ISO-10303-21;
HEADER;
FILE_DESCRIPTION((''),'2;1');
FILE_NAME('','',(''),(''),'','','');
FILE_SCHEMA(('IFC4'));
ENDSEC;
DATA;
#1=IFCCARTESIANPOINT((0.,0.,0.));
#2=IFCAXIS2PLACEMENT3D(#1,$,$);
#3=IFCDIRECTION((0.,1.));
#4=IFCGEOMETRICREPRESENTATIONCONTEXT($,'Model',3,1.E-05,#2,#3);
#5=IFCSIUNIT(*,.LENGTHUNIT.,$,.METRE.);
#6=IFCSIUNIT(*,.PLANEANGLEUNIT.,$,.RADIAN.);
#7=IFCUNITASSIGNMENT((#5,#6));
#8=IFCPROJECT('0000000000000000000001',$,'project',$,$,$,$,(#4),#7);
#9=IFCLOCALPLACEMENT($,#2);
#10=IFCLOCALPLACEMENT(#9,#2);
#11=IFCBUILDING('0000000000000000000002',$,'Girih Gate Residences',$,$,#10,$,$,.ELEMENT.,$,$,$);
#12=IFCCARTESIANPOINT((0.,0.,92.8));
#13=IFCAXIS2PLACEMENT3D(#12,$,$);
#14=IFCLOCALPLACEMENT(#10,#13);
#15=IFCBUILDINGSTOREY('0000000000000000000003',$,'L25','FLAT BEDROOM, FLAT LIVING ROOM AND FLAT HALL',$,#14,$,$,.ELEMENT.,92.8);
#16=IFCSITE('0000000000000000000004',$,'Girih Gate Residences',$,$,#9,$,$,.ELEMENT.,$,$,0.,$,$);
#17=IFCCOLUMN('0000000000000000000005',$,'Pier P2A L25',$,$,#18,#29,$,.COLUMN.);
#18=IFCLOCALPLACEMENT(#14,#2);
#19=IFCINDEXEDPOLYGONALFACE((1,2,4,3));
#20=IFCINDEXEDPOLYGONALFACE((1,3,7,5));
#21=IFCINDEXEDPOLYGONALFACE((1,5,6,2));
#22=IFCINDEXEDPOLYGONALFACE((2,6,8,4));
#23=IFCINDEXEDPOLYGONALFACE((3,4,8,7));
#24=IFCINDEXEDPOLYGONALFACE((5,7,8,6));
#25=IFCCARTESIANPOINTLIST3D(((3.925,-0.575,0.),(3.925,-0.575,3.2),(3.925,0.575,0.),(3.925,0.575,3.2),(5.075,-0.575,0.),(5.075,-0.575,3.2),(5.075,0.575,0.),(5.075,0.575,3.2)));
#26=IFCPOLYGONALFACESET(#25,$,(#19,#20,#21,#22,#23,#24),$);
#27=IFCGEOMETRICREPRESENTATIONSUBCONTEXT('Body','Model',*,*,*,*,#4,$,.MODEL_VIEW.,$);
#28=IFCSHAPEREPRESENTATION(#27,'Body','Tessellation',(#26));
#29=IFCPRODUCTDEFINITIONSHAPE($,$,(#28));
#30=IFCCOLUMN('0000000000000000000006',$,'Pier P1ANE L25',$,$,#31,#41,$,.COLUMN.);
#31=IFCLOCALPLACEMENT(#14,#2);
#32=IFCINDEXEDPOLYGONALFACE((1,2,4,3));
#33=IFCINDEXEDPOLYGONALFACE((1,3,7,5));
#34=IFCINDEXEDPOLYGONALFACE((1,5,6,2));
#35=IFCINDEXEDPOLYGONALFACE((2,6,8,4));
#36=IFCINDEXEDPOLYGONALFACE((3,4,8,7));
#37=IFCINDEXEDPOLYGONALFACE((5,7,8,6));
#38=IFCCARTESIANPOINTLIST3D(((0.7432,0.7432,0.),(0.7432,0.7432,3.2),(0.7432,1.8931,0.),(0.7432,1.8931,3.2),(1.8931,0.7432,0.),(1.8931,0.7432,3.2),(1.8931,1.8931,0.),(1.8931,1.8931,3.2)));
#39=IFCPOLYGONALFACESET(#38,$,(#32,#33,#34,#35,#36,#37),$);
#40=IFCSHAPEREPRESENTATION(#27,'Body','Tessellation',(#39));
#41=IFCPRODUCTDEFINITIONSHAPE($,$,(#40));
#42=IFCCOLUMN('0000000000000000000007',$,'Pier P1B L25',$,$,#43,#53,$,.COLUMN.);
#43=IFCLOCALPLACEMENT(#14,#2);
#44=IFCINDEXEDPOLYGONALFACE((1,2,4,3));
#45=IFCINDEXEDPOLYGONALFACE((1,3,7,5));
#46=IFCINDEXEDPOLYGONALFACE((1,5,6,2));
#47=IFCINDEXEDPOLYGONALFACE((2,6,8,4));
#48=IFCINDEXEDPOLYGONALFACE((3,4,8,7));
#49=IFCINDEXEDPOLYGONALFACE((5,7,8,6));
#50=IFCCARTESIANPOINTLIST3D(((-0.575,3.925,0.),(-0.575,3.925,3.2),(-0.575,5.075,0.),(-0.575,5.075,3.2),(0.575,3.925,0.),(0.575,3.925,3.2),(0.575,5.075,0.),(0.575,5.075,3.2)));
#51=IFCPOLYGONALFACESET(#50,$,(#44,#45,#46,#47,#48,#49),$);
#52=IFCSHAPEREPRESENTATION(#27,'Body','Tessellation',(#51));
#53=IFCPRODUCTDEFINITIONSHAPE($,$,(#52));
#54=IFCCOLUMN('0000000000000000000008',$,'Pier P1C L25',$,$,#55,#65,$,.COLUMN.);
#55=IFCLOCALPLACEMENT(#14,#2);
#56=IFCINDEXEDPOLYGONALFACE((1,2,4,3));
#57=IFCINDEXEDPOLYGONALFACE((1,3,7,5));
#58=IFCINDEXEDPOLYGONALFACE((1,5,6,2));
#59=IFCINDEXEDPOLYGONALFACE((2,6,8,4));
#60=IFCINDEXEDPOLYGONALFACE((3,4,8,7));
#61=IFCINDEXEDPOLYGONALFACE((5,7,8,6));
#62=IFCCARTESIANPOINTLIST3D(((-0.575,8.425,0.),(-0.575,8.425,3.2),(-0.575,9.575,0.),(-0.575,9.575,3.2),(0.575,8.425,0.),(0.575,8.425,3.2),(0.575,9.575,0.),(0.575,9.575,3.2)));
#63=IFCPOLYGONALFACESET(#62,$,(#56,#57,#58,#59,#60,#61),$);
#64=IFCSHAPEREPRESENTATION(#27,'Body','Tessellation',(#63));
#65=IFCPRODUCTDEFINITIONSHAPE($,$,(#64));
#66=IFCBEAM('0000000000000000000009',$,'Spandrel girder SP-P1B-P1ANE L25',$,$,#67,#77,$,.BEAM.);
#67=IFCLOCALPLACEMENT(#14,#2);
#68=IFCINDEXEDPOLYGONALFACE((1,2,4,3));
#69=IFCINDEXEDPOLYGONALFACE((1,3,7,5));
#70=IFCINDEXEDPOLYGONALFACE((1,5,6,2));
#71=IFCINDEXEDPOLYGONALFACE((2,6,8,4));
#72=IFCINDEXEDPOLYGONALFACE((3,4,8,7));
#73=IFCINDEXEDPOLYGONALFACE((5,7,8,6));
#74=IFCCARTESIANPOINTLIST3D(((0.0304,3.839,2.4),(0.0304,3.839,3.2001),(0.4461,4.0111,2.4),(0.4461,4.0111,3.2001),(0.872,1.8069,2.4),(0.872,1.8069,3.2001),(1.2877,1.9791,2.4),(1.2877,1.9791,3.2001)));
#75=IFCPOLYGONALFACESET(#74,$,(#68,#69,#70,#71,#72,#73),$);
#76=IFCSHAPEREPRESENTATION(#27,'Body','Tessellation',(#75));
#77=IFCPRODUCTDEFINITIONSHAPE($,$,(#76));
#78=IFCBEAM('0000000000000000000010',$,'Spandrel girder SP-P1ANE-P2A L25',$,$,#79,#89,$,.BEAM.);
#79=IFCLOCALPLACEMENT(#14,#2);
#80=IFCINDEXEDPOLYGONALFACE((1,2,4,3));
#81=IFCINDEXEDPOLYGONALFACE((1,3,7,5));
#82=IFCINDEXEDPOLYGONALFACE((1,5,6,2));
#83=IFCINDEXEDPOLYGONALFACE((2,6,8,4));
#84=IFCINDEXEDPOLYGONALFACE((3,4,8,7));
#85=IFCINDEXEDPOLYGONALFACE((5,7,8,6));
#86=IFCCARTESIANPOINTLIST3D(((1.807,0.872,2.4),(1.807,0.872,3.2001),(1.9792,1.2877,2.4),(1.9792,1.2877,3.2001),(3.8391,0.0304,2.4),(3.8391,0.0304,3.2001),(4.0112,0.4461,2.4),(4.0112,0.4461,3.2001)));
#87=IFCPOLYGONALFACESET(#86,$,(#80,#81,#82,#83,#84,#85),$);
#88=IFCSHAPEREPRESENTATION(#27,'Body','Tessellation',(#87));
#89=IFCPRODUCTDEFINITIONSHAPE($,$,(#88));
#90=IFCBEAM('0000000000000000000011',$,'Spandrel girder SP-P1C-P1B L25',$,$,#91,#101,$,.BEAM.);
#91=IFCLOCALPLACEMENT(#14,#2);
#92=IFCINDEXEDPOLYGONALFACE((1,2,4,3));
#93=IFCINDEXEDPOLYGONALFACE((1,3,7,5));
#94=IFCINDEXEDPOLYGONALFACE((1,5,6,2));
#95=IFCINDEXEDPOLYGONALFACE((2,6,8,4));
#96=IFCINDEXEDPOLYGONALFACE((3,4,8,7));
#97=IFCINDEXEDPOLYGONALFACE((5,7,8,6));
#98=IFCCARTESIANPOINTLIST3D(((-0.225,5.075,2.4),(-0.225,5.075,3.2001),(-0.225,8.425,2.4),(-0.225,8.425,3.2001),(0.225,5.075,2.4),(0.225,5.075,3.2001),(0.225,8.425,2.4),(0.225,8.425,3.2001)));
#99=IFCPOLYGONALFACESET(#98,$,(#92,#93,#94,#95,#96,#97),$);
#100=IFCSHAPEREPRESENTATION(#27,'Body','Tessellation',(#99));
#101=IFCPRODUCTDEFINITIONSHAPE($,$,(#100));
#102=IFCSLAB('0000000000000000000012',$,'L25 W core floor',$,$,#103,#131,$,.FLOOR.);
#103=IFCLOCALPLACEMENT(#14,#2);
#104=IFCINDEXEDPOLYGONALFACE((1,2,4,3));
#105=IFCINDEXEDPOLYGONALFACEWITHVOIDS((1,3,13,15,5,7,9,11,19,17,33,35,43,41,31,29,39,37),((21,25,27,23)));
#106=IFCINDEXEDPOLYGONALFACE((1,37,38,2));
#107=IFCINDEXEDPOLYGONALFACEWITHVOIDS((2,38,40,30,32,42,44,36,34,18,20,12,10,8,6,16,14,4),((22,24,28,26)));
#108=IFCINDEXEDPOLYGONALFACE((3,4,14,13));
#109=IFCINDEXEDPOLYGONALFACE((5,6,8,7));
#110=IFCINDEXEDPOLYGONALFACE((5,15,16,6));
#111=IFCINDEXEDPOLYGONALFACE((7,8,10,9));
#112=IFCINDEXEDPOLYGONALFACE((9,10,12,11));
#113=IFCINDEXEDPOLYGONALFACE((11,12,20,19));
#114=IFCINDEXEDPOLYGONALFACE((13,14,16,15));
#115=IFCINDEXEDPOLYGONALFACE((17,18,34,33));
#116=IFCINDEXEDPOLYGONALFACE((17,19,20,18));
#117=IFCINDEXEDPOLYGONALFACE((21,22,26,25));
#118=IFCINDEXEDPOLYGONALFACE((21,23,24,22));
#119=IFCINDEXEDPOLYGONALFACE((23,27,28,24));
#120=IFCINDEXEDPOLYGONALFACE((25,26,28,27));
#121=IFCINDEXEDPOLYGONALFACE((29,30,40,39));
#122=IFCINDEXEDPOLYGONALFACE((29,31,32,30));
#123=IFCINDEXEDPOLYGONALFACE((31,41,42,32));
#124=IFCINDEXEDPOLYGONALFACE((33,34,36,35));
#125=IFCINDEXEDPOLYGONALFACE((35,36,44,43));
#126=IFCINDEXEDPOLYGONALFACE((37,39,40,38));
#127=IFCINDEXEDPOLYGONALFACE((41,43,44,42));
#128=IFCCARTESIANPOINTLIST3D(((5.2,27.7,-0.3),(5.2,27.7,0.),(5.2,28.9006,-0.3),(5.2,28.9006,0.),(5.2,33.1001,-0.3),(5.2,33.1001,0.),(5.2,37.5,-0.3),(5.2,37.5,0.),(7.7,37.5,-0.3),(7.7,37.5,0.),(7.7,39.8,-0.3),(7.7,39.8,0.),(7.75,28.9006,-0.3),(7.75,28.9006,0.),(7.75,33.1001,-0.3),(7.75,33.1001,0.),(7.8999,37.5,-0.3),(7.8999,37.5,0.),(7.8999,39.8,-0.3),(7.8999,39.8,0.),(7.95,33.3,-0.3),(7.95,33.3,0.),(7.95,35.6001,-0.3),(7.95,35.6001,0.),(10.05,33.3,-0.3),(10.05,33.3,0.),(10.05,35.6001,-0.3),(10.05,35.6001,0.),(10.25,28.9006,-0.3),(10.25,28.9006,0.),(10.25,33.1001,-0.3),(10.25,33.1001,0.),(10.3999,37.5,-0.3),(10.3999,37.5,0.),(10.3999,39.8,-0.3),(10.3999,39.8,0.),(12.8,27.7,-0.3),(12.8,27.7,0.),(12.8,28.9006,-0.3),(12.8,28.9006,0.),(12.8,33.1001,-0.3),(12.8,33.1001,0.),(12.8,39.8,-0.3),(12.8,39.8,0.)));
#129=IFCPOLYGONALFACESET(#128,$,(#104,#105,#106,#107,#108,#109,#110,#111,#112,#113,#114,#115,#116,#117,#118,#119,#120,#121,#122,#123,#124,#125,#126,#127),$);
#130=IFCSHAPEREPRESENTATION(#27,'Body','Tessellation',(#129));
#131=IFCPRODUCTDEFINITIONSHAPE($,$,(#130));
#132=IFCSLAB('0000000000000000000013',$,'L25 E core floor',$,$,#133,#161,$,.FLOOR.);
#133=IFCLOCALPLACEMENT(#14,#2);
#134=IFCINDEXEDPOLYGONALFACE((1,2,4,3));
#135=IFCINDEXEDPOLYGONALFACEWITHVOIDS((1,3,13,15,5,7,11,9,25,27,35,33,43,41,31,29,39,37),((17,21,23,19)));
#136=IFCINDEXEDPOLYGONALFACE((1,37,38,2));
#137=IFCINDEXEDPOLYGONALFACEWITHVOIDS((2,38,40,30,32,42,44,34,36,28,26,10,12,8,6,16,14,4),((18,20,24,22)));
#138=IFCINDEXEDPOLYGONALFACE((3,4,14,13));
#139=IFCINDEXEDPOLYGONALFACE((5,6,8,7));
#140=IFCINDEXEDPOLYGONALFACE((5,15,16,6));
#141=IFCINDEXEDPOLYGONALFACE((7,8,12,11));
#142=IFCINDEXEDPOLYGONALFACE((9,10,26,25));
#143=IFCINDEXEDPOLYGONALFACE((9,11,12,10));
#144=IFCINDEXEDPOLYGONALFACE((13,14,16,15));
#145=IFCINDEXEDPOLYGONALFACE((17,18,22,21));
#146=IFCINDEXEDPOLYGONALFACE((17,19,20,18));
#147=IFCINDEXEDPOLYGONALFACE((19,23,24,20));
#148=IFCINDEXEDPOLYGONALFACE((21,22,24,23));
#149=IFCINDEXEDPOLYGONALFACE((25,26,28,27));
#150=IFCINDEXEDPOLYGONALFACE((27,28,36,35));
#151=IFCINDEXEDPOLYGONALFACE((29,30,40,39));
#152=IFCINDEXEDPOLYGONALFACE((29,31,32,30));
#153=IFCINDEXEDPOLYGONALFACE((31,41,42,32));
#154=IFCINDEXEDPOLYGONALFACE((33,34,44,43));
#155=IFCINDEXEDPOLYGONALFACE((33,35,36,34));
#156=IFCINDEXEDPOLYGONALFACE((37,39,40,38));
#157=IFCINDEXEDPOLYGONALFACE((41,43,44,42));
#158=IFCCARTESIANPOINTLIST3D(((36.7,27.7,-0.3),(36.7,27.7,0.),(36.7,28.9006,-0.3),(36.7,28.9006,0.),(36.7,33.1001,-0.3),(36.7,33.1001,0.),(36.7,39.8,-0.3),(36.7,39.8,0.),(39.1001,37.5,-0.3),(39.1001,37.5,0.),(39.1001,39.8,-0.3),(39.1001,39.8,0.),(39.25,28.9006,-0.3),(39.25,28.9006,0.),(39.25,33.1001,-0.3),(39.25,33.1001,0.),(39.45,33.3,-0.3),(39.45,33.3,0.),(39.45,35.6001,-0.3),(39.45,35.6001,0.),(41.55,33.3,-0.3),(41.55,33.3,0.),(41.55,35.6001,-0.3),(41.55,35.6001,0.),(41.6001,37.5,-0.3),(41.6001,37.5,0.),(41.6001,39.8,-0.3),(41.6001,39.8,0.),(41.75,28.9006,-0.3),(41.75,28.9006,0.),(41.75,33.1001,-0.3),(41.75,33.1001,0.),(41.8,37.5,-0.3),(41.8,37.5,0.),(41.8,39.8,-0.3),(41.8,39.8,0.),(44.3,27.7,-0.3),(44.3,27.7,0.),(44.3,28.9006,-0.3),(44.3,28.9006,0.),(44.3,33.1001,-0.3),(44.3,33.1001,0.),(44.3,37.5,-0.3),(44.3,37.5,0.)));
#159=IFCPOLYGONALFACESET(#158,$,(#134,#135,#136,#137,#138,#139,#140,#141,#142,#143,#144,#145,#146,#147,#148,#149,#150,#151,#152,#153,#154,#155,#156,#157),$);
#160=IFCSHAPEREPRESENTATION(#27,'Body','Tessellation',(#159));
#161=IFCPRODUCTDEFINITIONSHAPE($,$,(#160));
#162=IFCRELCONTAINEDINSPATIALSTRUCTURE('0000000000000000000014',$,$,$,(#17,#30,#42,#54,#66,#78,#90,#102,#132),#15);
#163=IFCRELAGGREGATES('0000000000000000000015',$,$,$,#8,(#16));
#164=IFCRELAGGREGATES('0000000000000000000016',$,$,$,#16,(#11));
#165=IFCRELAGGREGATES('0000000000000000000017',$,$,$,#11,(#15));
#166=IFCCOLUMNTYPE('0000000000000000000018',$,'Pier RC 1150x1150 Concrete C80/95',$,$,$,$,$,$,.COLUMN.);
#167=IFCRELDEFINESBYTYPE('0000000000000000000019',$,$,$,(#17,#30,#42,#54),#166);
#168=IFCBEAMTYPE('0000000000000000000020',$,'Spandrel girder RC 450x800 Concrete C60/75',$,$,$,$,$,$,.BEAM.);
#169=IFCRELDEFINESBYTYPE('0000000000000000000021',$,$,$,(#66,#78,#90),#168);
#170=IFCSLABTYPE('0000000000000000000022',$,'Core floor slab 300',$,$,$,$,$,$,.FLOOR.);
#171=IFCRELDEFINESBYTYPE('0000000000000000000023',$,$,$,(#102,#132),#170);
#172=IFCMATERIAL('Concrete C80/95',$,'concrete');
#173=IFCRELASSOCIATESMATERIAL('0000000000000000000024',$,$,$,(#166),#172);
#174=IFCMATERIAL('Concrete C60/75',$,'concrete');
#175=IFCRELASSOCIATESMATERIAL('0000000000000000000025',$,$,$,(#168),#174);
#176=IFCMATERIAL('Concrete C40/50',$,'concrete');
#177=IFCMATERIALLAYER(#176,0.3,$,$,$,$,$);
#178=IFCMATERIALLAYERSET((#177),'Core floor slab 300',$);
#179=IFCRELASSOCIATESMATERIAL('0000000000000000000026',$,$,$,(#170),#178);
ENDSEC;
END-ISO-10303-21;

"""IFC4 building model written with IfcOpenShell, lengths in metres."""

from ifc_helpers import new_model, si_unit, direction, frame, origin, origin_2d, place, context, subcontext, project, spatial, polyline, rectangle, outline, extrude, material, layer, layer_set, material_profile, profile_set, type_object, element, save


model = new_model("IFC4")

# Units and contexts
model_context = context("Model", 3, precision=1e-05, world=origin(), true_north=direction((0.0, 1.0)))
body_context = subcontext(model_context, "Body", "Model", "MODEL_VIEW")
ifc_project = project(units=[si_unit("LENGTHUNIT", "METRE"), si_unit("PLANEANGLEUNIT", "RADIAN")], contexts=[model_context])

# Site, building, storey
site_placement = place(None, origin())
site = spatial("IfcSite", under=ifc_project, at=site_placement, Name="Girih Gate Residences", CompositionType="ELEMENT", RefElevation=0.0)
building_placement = place(site_placement, origin())
building = spatial("IfcBuilding", under=site, at=building_placement, Name="Girih Gate Residences", CompositionType="ELEMENT")
storey_placement = place(building_placement, frame((0.0, 0.0, 92.8)))
storey = spatial("IfcBuildingStorey", under=building, at=storey_placement, Name="L25", Description="FLAT BEDROOM, FLAT LIVING ROOM AND FLAT HALL", CompositionType="ELEMENT", Elevation=92.8)

# Columns
ifc_material_1 = material(Name="Concrete C80/95", Category="concrete")
ifc_material_profile_1 = material_profile(ifc_material_1, rectangle(XDim=1.1499, YDim=1.1499, at=origin_2d()))
ifc_profile_set_1 = profile_set([ifc_material_profile_1], Name="Concrete C80/95")
column_type = type_object("IfcColumnType", Name="Pier RC 1150x1150 Concrete C80/95", PredefinedType="COLUMN", material=ifc_profile_set_1)
for number, where, z_axis, x_axis, name in (
    (1, (4.5, 0.0, 0.0), (0.0, 0.0, 1.0), (1.0, 0.0, 0.0), "Pier P2A L25"),
    (2, (1.3181, 1.3181, 0.0), (0.0, 0.0, 1.0), (1.0, 0.0, 0.0), "Pier P1ANE L25"),
    (3, (0.0, 4.5, 0.0), (0.0, 0.0, 1.0), (1.0, 0.0, 0.0), "Pier P1B L25"),
    (4, (0.0, 9.0, 0.0), (0.0, 0.0, 1.0), (1.0, 0.0, 0.0), "Pier P1C L25"),
):
    element("IfcColumn", number, at=place(storey_placement, frame(where, z_axis=z_axis, x_axis=x_axis)), inside=storey, type_object=column_type, Name=name, PredefinedType="COLUMN", context=body_context, shape_type="SweptSolid", body=[
        extrude(rectangle(XDim=1.1499, YDim=1.1499, at=origin_2d()), origin(), (0.0, 0.0, 1.0), 3.2),
    ])

# Beams
ifc_material_2 = material(Name="Concrete C60/75", Category="concrete")
ifc_material_profile_2 = material_profile(ifc_material_2, rectangle(XDim=0.45, YDim=0.8, at=origin_2d()))
ifc_profile_set_2 = profile_set([ifc_material_profile_2], Name="Concrete C60/75")
beam_type = type_object("IfcBeamType", Name="Spandrel girder RC 450x800 Concrete C60/75", PredefinedType="BEAM", material=ifc_profile_set_2)
for number, where, z_axis, x_axis, name in (
    (5, (0.2383, 3.925, 2.8), (0.382636, -0.923899, 0.0), (0.923899, 0.382636, 0.0), "Spandrel girder SP-P1B-P1ANE L25"),
    (6, (1.8931, 1.0798, 2.8), (0.923899, -0.382636, 0.0), (0.382636, 0.923899, 0.0), "Spandrel girder SP-P1ANE-P2A L25"),
):
    element("IfcBeam", number, at=place(storey_placement, frame(where, z_axis=z_axis, x_axis=x_axis)), inside=storey, type_object=beam_type, Name=name, PredefinedType="BEAM", context=body_context, shape_type="SweptSolid", body=[
        extrude(rectangle(XDim=0.45, YDim=0.8, at=origin_2d()), origin(), (0.0, 0.0, 1.0), 2.1995),
    ])
beam_placement = place(storey_placement, frame((0.0, 8.425, 2.8), z_axis=(0.0, -1.0, 0.0), x_axis=(1.0, 0.0, 0.0)))
element("IfcBeam", 7, at=beam_placement, inside=storey, type_object=beam_type, Name="Spandrel girder SP-P1C-P1B L25", PredefinedType="BEAM", context=body_context, shape_type="SweptSolid", body=[
    extrude(rectangle(XDim=0.45, YDim=0.8, at=origin_2d()), origin(), (0.0, 0.0, 1.0), 3.3501),
])

# Slabs
ifc_material_3 = material(Name="Concrete C40/50", Category="concrete")
ifc_layer_1 = layer(ifc_material_3, 0.3)
ifc_layer_set_1 = layer_set([ifc_layer_1], Name="Core floor slab 300")
slab_type_1 = type_object("IfcSlabType", Name="Core floor slab 300", PredefinedType="FLOOR", material=ifc_layer_set_1)
slab_1_placement = place(storey_placement, frame((0.0, 0.0, -0.3)))
element("IfcSlab", 8, at=slab_1_placement, inside=storey, type_object=slab_type_1, Name="L25 W core floor", PredefinedType="FLOOR", context=body_context, shape_type="SweptSolid", body=[
    extrude(outline(polyline([(12.8, 27.7), (5.2, 27.7), (5.2, 28.9006), (7.75, 28.9006), (7.75, 33.1001), (5.2, 33.1001), (5.2, 37.5), (7.7, 37.5), (7.7, 39.8), (7.8999, 39.8), (7.8999, 37.5), (10.3999, 37.5), (10.3999, 39.8), (12.8, 39.8), (12.8, 33.1001), (10.25, 33.1001), (10.25, 28.9006), (12.8, 28.9006), (12.8, 27.7)]), holes=[polyline([(7.95, 33.3), (10.05, 33.3), (10.05, 35.6001), (7.95, 35.6001), (7.95, 33.3)])]), origin(), (0.0, 0.0, 1.0), 0.3),
])
slab_2_placement = place(storey_placement, frame((0.0, 0.0, -0.3)))
element("IfcSlab", 9, at=slab_2_placement, inside=storey, type_object=slab_type_1, Name="L25 E core floor", PredefinedType="FLOOR", context=body_context, shape_type="SweptSolid", body=[
    extrude(outline(polyline([(44.3, 27.7), (36.7, 27.7), (36.7, 28.9006), (39.25, 28.9006), (39.25, 33.1001), (36.7, 33.1001), (36.7, 39.8), (39.1001, 39.8), (39.1001, 37.5), (41.6001, 37.5), (41.6001, 39.8), (41.8, 39.8), (41.8, 37.5), (44.3, 37.5), (44.3, 33.1001), (41.75, 33.1001), (41.75, 28.9006), (44.3, 28.9006), (44.3, 27.7)]), holes=[polyline([(39.45, 33.3), (41.55, 33.3), (41.55, 35.6001), (39.45, 35.6001), (39.45, 33.3)])]), origin(), (0.0, 0.0, 1.0), 0.3),
])

save(model, "model.ifc")
